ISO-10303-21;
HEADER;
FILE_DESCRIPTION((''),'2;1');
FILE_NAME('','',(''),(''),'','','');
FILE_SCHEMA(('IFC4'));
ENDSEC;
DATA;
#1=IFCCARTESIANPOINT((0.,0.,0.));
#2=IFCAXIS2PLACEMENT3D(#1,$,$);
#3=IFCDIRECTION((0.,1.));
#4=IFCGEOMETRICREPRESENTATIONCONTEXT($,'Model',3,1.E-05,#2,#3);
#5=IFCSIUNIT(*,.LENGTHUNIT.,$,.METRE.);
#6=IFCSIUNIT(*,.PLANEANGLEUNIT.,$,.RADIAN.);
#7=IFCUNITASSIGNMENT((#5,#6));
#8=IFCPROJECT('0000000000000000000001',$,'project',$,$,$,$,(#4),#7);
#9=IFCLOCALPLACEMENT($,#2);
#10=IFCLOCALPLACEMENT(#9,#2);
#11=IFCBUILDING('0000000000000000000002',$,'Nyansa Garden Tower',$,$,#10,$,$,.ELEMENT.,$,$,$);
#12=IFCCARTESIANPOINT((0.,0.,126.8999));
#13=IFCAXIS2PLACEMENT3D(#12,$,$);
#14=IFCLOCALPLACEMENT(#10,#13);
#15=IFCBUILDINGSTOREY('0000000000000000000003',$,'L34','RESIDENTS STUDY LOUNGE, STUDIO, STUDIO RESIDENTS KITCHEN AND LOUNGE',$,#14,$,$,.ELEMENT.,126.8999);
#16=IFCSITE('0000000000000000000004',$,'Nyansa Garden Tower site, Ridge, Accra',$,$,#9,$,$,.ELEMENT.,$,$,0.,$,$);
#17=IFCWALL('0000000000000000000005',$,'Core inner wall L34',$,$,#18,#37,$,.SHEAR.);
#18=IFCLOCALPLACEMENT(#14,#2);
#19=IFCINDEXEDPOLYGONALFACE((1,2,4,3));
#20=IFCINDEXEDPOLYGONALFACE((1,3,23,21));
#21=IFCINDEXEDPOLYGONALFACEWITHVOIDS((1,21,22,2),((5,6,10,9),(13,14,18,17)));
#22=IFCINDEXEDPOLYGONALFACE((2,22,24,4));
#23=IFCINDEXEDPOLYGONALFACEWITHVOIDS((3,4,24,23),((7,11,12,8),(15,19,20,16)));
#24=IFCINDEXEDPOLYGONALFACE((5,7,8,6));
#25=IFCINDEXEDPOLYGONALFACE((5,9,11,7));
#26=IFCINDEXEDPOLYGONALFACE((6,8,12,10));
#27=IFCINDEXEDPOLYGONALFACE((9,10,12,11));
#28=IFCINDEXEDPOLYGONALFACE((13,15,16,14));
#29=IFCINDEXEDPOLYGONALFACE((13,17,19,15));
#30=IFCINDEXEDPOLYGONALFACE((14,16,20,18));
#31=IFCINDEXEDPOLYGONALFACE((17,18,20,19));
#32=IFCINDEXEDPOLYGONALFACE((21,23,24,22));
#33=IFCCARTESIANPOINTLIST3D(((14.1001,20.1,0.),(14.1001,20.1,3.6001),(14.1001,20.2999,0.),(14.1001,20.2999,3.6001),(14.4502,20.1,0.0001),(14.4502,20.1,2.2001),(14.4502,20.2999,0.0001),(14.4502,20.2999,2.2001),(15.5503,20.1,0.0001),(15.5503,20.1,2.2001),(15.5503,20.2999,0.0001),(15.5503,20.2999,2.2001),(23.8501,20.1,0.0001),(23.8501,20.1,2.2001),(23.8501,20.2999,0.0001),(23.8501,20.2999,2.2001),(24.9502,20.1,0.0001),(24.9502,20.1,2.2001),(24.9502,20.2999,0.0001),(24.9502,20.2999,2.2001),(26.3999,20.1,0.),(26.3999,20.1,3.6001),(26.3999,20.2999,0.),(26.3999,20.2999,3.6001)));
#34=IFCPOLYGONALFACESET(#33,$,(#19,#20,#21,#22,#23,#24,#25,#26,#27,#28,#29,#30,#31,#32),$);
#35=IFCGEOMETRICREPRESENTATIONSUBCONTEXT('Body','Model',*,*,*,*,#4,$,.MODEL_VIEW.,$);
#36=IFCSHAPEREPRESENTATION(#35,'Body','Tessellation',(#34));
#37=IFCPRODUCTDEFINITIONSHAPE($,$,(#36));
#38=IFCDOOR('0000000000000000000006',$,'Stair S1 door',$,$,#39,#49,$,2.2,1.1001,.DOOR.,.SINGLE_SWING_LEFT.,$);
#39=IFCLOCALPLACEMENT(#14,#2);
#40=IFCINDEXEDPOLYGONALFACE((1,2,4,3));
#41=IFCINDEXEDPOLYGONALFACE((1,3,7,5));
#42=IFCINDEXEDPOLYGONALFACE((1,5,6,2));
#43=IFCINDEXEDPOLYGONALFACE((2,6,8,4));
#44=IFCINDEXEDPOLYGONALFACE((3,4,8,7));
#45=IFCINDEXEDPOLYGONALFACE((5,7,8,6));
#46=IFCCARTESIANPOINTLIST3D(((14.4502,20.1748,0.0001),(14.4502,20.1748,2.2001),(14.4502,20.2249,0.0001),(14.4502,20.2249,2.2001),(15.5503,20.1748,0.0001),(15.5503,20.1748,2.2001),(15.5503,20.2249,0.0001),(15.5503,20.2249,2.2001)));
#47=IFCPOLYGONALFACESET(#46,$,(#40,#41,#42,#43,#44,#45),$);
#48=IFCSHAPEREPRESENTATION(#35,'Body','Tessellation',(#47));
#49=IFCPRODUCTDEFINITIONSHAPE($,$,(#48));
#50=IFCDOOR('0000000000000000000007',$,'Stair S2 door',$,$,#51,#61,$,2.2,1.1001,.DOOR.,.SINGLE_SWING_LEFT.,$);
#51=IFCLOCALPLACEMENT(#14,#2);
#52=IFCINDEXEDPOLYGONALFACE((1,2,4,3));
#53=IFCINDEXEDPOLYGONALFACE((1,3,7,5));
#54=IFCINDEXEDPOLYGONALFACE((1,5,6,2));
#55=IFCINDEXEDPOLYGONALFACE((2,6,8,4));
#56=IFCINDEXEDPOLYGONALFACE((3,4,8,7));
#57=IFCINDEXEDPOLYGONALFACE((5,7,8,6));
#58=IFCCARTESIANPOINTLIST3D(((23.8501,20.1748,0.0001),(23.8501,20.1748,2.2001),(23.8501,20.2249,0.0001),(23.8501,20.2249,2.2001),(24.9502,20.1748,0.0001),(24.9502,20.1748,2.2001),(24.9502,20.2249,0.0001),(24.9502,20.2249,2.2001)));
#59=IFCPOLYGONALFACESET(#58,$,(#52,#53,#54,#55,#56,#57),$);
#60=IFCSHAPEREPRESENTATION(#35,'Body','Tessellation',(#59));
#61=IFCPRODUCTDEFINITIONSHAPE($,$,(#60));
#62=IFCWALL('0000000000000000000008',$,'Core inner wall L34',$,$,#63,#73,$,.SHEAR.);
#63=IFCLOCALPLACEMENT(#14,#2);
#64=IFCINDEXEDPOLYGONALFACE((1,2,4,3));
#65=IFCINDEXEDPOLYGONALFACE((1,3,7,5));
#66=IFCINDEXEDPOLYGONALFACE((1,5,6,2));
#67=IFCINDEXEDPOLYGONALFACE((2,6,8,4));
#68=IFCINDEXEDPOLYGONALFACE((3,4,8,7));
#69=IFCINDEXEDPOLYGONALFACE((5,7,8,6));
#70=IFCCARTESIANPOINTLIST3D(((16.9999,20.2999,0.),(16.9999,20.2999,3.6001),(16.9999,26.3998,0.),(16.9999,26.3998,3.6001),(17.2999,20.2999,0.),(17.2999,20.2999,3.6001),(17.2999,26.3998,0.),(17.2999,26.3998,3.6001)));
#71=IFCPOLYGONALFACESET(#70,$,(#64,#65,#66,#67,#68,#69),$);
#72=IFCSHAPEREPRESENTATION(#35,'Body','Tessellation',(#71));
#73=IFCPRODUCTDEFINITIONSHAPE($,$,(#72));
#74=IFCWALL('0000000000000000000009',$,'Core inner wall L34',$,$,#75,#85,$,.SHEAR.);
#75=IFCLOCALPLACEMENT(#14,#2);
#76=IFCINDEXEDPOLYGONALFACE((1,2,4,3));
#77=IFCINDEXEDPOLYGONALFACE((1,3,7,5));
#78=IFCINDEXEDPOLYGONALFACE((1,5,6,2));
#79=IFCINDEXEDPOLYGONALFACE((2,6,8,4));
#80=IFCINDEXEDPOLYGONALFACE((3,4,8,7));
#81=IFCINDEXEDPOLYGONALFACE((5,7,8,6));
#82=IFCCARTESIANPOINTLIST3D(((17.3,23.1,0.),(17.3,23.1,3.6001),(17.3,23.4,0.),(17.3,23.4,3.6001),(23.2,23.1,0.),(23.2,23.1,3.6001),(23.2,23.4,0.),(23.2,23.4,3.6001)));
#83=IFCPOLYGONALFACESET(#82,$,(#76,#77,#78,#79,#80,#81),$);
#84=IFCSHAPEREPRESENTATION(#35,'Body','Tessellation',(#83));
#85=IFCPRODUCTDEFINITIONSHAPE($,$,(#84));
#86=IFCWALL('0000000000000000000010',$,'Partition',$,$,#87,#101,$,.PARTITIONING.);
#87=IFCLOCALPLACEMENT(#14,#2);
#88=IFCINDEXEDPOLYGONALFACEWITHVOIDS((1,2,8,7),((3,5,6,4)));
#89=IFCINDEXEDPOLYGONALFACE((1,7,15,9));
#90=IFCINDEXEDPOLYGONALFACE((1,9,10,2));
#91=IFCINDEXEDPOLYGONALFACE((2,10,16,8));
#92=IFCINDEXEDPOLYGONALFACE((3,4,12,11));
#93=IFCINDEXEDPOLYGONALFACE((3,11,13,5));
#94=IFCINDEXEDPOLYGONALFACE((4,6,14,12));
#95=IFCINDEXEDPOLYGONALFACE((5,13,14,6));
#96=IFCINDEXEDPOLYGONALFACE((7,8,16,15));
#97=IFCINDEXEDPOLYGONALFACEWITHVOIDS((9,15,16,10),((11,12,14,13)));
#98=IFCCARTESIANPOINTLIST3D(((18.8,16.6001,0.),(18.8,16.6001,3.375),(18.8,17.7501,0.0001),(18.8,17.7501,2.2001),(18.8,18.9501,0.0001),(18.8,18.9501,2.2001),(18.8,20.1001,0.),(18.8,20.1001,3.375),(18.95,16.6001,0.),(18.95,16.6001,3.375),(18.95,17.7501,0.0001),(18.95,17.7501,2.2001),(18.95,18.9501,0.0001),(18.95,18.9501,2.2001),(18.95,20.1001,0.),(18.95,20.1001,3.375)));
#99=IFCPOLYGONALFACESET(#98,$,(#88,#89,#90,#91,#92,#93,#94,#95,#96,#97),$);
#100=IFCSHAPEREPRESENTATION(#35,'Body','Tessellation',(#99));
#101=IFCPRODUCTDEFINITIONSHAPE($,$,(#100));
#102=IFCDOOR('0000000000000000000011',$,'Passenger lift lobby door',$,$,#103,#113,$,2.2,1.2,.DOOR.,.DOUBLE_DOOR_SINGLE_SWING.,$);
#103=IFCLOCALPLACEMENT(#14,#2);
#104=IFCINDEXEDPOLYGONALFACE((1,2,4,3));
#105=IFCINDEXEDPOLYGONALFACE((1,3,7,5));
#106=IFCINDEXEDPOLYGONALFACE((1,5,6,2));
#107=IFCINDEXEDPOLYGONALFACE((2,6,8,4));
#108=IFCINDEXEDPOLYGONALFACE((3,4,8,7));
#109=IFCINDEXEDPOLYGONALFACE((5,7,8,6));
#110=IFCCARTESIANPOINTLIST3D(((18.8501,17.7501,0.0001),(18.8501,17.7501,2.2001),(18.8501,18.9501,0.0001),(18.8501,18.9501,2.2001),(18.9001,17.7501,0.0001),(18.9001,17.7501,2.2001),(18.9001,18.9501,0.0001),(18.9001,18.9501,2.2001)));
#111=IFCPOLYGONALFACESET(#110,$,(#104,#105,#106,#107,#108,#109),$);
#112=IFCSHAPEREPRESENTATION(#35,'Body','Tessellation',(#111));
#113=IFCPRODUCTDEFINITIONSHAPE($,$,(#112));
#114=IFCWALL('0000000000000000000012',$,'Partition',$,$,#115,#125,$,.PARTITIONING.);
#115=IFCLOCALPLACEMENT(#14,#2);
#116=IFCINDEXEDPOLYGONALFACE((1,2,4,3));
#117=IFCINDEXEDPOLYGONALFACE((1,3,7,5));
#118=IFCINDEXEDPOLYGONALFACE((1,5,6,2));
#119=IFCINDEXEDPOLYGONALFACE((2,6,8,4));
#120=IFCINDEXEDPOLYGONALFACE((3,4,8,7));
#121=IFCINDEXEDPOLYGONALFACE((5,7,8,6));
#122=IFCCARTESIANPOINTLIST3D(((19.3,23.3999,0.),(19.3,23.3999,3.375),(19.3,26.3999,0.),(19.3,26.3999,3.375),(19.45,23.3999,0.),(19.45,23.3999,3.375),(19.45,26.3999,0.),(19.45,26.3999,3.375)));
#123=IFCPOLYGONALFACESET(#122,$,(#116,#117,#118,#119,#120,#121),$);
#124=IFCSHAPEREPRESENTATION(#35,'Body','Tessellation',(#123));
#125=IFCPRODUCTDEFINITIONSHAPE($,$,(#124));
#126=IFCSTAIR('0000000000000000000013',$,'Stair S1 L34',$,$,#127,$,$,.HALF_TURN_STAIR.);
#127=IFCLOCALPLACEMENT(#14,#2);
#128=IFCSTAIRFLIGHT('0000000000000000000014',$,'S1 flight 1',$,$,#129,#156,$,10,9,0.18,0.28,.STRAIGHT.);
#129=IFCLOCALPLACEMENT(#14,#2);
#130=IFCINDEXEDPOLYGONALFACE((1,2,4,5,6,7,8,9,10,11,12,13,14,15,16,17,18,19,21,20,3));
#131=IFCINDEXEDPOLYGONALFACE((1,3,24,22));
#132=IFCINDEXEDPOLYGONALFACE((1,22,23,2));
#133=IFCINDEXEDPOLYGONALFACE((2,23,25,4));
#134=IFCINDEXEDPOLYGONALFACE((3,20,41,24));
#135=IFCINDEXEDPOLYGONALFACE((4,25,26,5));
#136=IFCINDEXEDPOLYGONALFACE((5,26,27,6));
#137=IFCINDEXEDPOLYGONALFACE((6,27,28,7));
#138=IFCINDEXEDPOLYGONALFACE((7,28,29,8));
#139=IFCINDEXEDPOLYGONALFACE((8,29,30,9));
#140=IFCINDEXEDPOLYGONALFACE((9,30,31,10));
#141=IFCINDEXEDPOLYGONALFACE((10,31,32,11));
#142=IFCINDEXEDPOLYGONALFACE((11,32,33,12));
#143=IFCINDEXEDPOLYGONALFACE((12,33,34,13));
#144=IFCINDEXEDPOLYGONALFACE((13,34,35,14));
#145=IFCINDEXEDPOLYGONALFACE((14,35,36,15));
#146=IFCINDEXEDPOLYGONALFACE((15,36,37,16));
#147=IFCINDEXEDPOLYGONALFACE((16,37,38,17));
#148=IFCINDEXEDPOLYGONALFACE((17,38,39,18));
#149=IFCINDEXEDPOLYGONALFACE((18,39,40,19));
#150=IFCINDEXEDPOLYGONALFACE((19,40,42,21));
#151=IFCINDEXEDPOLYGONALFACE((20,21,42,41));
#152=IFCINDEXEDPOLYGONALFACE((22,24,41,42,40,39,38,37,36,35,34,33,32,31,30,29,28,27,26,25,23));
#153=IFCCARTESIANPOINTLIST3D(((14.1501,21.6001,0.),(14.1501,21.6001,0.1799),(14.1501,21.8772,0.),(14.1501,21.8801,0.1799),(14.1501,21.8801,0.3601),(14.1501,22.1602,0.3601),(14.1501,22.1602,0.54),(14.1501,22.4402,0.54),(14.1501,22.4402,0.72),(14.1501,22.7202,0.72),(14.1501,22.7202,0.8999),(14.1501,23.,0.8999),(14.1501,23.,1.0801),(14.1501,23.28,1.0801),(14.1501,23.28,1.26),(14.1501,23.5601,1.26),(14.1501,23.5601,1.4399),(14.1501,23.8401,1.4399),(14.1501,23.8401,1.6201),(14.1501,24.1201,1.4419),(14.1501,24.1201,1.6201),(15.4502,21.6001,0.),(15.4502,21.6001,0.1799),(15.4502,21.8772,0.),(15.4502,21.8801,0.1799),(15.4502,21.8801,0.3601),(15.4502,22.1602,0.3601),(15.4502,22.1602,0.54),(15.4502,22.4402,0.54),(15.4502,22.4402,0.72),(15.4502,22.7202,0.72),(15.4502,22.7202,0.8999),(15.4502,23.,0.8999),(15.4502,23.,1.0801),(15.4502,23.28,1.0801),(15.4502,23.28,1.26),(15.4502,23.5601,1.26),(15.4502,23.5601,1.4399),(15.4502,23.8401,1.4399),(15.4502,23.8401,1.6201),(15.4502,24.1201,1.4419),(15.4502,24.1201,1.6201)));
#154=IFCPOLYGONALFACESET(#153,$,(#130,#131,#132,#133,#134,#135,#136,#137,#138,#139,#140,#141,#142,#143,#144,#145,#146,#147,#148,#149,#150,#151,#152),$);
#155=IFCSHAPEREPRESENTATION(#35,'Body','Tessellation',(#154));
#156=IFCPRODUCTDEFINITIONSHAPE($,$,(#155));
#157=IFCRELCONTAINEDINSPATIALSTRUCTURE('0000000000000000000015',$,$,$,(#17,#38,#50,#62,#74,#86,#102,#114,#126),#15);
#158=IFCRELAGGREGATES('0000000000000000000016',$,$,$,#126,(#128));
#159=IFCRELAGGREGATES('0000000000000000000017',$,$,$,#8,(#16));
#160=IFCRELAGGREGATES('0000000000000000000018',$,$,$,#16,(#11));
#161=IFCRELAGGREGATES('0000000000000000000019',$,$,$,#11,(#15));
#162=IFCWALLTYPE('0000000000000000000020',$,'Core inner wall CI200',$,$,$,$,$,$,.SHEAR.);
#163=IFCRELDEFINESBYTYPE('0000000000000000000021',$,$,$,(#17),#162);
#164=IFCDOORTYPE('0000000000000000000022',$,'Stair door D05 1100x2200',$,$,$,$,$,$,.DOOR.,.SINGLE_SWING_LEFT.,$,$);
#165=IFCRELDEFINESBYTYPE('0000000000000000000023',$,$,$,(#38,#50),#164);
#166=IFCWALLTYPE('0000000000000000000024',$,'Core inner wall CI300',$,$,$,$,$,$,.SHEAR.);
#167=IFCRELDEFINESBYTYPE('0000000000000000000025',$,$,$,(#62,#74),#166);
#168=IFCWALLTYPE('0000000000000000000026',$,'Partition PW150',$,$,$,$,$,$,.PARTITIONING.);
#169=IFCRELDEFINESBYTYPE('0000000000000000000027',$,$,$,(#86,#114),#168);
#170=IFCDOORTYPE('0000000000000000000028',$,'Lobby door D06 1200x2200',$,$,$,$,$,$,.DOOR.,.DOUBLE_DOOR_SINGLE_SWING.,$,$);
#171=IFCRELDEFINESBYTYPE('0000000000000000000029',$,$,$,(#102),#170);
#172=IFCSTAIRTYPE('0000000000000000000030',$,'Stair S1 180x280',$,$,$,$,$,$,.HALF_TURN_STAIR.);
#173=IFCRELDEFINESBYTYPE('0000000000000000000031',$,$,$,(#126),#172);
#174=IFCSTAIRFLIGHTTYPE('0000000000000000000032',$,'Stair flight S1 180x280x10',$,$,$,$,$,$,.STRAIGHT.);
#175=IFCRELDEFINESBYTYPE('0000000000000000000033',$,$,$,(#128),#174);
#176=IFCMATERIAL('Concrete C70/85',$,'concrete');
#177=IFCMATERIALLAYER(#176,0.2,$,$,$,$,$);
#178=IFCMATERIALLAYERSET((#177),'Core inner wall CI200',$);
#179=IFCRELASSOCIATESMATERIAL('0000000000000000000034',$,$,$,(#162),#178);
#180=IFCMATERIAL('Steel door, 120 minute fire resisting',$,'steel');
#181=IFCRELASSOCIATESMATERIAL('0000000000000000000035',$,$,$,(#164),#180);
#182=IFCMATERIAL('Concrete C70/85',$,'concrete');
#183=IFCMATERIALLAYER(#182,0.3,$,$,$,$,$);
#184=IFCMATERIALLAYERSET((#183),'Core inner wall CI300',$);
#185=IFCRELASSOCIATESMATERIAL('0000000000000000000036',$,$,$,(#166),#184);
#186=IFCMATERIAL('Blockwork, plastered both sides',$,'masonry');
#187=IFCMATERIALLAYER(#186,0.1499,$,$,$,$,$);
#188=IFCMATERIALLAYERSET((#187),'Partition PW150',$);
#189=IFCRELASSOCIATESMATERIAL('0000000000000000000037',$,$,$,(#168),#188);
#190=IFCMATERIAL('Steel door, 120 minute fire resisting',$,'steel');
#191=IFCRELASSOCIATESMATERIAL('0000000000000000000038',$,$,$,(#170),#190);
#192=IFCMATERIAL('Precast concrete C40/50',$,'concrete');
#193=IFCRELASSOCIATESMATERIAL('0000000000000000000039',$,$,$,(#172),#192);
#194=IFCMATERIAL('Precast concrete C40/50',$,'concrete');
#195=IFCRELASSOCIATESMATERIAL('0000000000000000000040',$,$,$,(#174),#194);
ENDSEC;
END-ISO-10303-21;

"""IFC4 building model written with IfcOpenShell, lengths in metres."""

from ifc_helpers import new_model, si_unit, direction, frame, frame_2d, origin, place, context, subcontext, project, spatial, polyline, rectangle, outline, extrude, material, layer, layer_set, type_object, element, fill, aggregate, save


model = new_model("IFC4")

# Units and contexts
model_context = context("Model", 3, precision=1e-05, world=origin(), true_north=direction((0.0, 1.0)))
body_context = subcontext(model_context, "Body", "Model", "MODEL_VIEW")
ifc_project = project(units=[si_unit("LENGTHUNIT", "METRE"), si_unit("PLANEANGLEUNIT", "RADIAN")], contexts=[model_context])

# Site, building, storey
site_placement = place(None, origin())
site = spatial("IfcSite", under=ifc_project, at=site_placement, Name="Nyansa Garden Tower site, Ridge, Accra", CompositionType="ELEMENT", RefElevation=0.0)
building_placement = place(site_placement, origin())
building = spatial("IfcBuilding", under=site, at=building_placement, Name="Nyansa Garden Tower", CompositionType="ELEMENT")
storey_placement = place(building_placement, frame((0.0, 0.0, 126.8999)))
storey = spatial("IfcBuildingStorey", under=building, at=storey_placement, Name="L34", Description="RESIDENTS STUDY LOUNGE, STUDIO, STUDIO RESIDENTS KITCHEN AND LOUNGE", CompositionType="ELEMENT", Elevation=126.8999)

# Wall, openings, doors
ifc_material_1 = material(Name="Concrete C70/85", Category="concrete")
ifc_layer_1 = layer(ifc_material_1, 0.2)
ifc_layer_set_1 = layer_set([ifc_layer_1], Name="Core inner wall CI200")
wall_type_1 = type_object("IfcWallType", Name="Core inner wall CI200", PredefinedType="SHEAR", material=ifc_layer_set_1)
wall_1_placement = place(storey_placement, frame((14.1001, 20.2, 0.0), z_axis=(0.0, 0.0, 1.0), x_axis=(1.0, 0.0, 0.0)))
wall_1 = element("IfcWall", 1, at=wall_1_placement, inside=storey, type_object=wall_type_1, Name="Core inner wall L34", PredefinedType="SHEAR", context=body_context, shape_type="SweptSolid", body=[
    extrude(rectangle(XDim=12.2998, YDim=0.2, at=frame_2d((6.1499, 0.0))), origin(), (0.0, 0.0, 1.0), 3.6001),
])
opening_1_placement = place(wall_1_placement, frame((0.3501, 0.0, 0.0)))
opening_1 = element("IfcOpeningElement", 2, at=opening_1_placement, cuts=wall_1, PredefinedType="OPENING", context=body_context, shape_type="SweptSolid", body=[
    extrude(rectangle(XDim=1.1001, YDim=2.2, at=frame_2d((0.55, 1.1001))), frame((0.0, 0.1099, 0.0), z_axis=(0.0, -1.0, 0.0), x_axis=(1.0, 0.0, 0.0)), (0.0, 0.0, 1.0), 0.22),
])
opening_2_placement = place(wall_1_placement, frame((9.75, 0.0, 0.0)))
opening_2 = element("IfcOpeningElement", 3, at=opening_2_placement, cuts=wall_1, PredefinedType="OPENING", context=body_context, shape_type="SweptSolid", body=[
    extrude(rectangle(XDim=1.1001, YDim=2.2, at=frame_2d((0.55, 1.1001))), frame((0.0, 0.1099, 0.0), z_axis=(0.0, -1.0, 0.0), x_axis=(1.0, 0.0, 0.0)), (0.0, 0.0, 1.0), 0.22),
])
ifc_material_2 = material(Name="Steel door, 120 minute fire resisting", Category="steel")
door_type_1 = type_object("IfcDoorType", Name="Stair door D05 1100x2200", OperationType="SINGLE_SWING_LEFT", PredefinedType="DOOR", material=ifc_material_2)
door_1_placement = place(opening_1_placement, origin())
door_1 = element("IfcDoor", 4, at=door_1_placement, inside=storey, type_object=door_type_1, Name="Stair S1 door", OperationType="SINGLE_SWING_LEFT", OverallHeight=2.2, OverallWidth=1.1001, PredefinedType="DOOR", context=body_context, shape_type="SweptSolid", body=[
    extrude(rectangle(XDim=1.1001, YDim=2.2, at=frame_2d((0.55, 1.1001))), frame((0.0, 0.0249, 0.0), z_axis=(0.0, -1.0, 0.0), x_axis=(1.0, 0.0, 0.0)), (0.0, 0.0, 1.0), 0.05),
])
fill(opening_1, door_1)
door_2_placement = place(opening_2_placement, origin())
door_2 = element("IfcDoor", 5, at=door_2_placement, inside=storey, type_object=door_type_1, Name="Stair S2 door", OperationType="SINGLE_SWING_LEFT", OverallHeight=2.2, OverallWidth=1.1001, PredefinedType="DOOR", context=body_context, shape_type="SweptSolid", body=[
    extrude(rectangle(XDim=1.1001, YDim=2.2, at=frame_2d((0.55, 1.1001))), frame((0.0, 0.0249, 0.0), z_axis=(0.0, -1.0, 0.0), x_axis=(1.0, 0.0, 0.0)), (0.0, 0.0, 1.0), 0.05),
])
fill(opening_2, door_2)

# Walls
ifc_material_3 = material(Name="Concrete C70/85", Category="concrete")
ifc_layer_2 = layer(ifc_material_3, 0.3)
ifc_layer_set_2 = layer_set([ifc_layer_2], Name="Core inner wall CI300")
wall_type_2 = type_object("IfcWallType", Name="Core inner wall CI300", PredefinedType="SHEAR", material=ifc_layer_set_2)
wall_2_placement = place(storey_placement, frame((17.1499, 20.3, 0.0), z_axis=(0.0, 0.0, 1.0), x_axis=(0.0, 1.0, 0.0)))
element("IfcWall", 6, at=wall_2_placement, inside=storey, type_object=wall_type_2, Name="Core inner wall L34", PredefinedType="SHEAR", context=body_context, shape_type="SweptSolid", body=[
    extrude(rectangle(XDim=6.0999, YDim=0.3, at=frame_2d((3.0498, 0.0))), origin(), (0.0, 0.0, 1.0), 3.6001),
])
wall_3_placement = place(storey_placement, frame((17.3, 23.25, 0.0), z_axis=(0.0, 0.0, 1.0), x_axis=(1.0, 0.0, 0.0)))
element("IfcWall", 7, at=wall_3_placement, inside=storey, type_object=wall_type_2, Name="Core inner wall L34", PredefinedType="SHEAR", context=body_context, shape_type="SweptSolid", body=[
    extrude(rectangle(XDim=5.8999, YDim=0.3, at=frame_2d((2.95, 0.0))), origin(), (0.0, 0.0, 1.0), 3.6001),
])

# Wall, opening, door
ifc_material_4 = material(Name="Blockwork, plastered both sides", Category="masonry")
ifc_layer_3 = layer(ifc_material_4, 0.1499)
ifc_layer_set_3 = layer_set([ifc_layer_3], Name="Partition PW150")
wall_type_3 = type_object("IfcWallType", Name="Partition PW150", PredefinedType="PARTITIONING", material=ifc_layer_set_3)
wall_4_placement = place(storey_placement, frame((18.875, 16.6001, 0.0), z_axis=(0.0, 0.0, 1.0), x_axis=(0.0, 1.0, 0.0)))
wall_4 = element("IfcWall", 8, at=wall_4_placement, inside=storey, type_object=wall_type_3, Name="Partition", PredefinedType="PARTITIONING", context=body_context, shape_type="SweptSolid", body=[
    extrude(rectangle(XDim=3.5, YDim=0.1499, at=frame_2d((1.75, 0.0))), origin(), (0.0, 0.0, 1.0), 3.375),
])
opening_3_placement = place(wall_4_placement, frame((1.1499, 0.0, 0.0)))
opening_3 = element("IfcOpeningElement", 9, at=opening_3_placement, cuts=wall_4, PredefinedType="OPENING", context=body_context, shape_type="SweptSolid", body=[
    extrude(rectangle(XDim=1.2, YDim=2.2, at=frame_2d((0.6001, 1.1001))), frame((0.0, 0.085, 0.0), z_axis=(0.0, -1.0, 0.0), x_axis=(1.0, 0.0, 0.0)), (0.0, 0.0, 1.0), 0.1699),
])
ifc_material_5 = material(Name="Steel door, 120 minute fire resisting", Category="steel")
door_type_2 = type_object("IfcDoorType", Name="Lobby door D06 1200x2200", OperationType="DOUBLE_DOOR_SINGLE_SWING", PredefinedType="DOOR", material=ifc_material_5)
door_3_placement = place(opening_3_placement, origin())
door_3 = element("IfcDoor", 10, at=door_3_placement, inside=storey, type_object=door_type_2, Name="Passenger lift lobby door", OperationType="DOUBLE_DOOR_SINGLE_SWING", OverallHeight=2.2, OverallWidth=1.2, PredefinedType="DOOR", context=body_context, shape_type="SweptSolid", body=[
    extrude(rectangle(XDim=1.2, YDim=2.2, at=frame_2d((0.6001, 1.1001))), frame((0.0, 0.0249, 0.0), z_axis=(0.0, -1.0, 0.0), x_axis=(1.0, 0.0, 0.0)), (0.0, 0.0, 1.0), 0.05),
])
fill(opening_3, door_3)

# Wall
wall_5_placement = place(storey_placement, frame((19.375, 23.3999, 0.0), z_axis=(0.0, 0.0, 1.0), x_axis=(0.0, 1.0, 0.0)))
element("IfcWall", 11, at=wall_5_placement, inside=storey, type_object=wall_type_3, Name="Partition", PredefinedType="PARTITIONING", context=body_context, shape_type="SweptSolid", body=[
    extrude(rectangle(XDim=3.0, YDim=0.1499, at=frame_2d((1.5, 0.0))), origin(), (0.0, 0.0, 1.0), 3.375),
])

# Stair, stair flight
ifc_material_6 = material(Name="Precast concrete C40/50", Category="concrete")
stair_type = type_object("IfcStairType", Name="Stair S1 180x280", PredefinedType="HALF_TURN_STAIR", material=ifc_material_6)
stair_placement = place(storey_placement, origin())
stair = element("IfcStair", 12, at=stair_placement, inside=storey, type_object=stair_type, Name="Stair S1 L34", PredefinedType="HALF_TURN_STAIR")
ifc_material_7 = material(Name="Precast concrete C40/50", Category="concrete")
stair_flight_type = type_object("IfcStairFlightType", Name="Stair flight S1 180x280x10", PredefinedType="STRAIGHT", material=ifc_material_7)
stair_flight_1_placement = place(storey_placement, frame((14.8, 21.6001, 0.0), z_axis=(0.0, 0.0, 1.0), x_axis=(0.0, 1.0, 0.0)))
stair_flight_1 = element("IfcStairFlight", 13, at=stair_flight_1_placement, type_object=stair_flight_type, Name="S1 flight 1", NumberOfRisers=10, NumberOfTreads=9, PredefinedType="STRAIGHT", RiserHeight=0.18, TreadLength=0.28, context=body_context, shape_type="SweptSolid", body=[
    extrude(outline(polyline([(0.0, 0.0), (0.0, 0.1799), (0.28, 0.1799), (0.28, 0.3601), (0.5601, 0.3601), (0.5601, 0.54), (0.8401, 0.54), (0.8401, 0.72), (1.1201, 0.72), (1.1201, 0.8999), (1.3999, 0.8999), (1.3999, 1.0801), (1.6799, 1.0801), (1.6799, 1.26), (1.96, 1.26), (1.96, 1.4399), (2.24, 1.4399), (2.24, 1.6201), (2.52, 1.6201), (2.52, 1.8), (2.52, 1.4419), (0.2771, 0.0), (0.0, 0.0)])), frame((0.0, 0.6499, 0.0), z_axis=(0.0, -1.0, 0.0), x_axis=(1.0, 0.0, 0.0)), (0.0, 0.0, 1.0), 1.3),
])
aggregate(stair, [stair_flight_1])

save(model, "model.ifc")
